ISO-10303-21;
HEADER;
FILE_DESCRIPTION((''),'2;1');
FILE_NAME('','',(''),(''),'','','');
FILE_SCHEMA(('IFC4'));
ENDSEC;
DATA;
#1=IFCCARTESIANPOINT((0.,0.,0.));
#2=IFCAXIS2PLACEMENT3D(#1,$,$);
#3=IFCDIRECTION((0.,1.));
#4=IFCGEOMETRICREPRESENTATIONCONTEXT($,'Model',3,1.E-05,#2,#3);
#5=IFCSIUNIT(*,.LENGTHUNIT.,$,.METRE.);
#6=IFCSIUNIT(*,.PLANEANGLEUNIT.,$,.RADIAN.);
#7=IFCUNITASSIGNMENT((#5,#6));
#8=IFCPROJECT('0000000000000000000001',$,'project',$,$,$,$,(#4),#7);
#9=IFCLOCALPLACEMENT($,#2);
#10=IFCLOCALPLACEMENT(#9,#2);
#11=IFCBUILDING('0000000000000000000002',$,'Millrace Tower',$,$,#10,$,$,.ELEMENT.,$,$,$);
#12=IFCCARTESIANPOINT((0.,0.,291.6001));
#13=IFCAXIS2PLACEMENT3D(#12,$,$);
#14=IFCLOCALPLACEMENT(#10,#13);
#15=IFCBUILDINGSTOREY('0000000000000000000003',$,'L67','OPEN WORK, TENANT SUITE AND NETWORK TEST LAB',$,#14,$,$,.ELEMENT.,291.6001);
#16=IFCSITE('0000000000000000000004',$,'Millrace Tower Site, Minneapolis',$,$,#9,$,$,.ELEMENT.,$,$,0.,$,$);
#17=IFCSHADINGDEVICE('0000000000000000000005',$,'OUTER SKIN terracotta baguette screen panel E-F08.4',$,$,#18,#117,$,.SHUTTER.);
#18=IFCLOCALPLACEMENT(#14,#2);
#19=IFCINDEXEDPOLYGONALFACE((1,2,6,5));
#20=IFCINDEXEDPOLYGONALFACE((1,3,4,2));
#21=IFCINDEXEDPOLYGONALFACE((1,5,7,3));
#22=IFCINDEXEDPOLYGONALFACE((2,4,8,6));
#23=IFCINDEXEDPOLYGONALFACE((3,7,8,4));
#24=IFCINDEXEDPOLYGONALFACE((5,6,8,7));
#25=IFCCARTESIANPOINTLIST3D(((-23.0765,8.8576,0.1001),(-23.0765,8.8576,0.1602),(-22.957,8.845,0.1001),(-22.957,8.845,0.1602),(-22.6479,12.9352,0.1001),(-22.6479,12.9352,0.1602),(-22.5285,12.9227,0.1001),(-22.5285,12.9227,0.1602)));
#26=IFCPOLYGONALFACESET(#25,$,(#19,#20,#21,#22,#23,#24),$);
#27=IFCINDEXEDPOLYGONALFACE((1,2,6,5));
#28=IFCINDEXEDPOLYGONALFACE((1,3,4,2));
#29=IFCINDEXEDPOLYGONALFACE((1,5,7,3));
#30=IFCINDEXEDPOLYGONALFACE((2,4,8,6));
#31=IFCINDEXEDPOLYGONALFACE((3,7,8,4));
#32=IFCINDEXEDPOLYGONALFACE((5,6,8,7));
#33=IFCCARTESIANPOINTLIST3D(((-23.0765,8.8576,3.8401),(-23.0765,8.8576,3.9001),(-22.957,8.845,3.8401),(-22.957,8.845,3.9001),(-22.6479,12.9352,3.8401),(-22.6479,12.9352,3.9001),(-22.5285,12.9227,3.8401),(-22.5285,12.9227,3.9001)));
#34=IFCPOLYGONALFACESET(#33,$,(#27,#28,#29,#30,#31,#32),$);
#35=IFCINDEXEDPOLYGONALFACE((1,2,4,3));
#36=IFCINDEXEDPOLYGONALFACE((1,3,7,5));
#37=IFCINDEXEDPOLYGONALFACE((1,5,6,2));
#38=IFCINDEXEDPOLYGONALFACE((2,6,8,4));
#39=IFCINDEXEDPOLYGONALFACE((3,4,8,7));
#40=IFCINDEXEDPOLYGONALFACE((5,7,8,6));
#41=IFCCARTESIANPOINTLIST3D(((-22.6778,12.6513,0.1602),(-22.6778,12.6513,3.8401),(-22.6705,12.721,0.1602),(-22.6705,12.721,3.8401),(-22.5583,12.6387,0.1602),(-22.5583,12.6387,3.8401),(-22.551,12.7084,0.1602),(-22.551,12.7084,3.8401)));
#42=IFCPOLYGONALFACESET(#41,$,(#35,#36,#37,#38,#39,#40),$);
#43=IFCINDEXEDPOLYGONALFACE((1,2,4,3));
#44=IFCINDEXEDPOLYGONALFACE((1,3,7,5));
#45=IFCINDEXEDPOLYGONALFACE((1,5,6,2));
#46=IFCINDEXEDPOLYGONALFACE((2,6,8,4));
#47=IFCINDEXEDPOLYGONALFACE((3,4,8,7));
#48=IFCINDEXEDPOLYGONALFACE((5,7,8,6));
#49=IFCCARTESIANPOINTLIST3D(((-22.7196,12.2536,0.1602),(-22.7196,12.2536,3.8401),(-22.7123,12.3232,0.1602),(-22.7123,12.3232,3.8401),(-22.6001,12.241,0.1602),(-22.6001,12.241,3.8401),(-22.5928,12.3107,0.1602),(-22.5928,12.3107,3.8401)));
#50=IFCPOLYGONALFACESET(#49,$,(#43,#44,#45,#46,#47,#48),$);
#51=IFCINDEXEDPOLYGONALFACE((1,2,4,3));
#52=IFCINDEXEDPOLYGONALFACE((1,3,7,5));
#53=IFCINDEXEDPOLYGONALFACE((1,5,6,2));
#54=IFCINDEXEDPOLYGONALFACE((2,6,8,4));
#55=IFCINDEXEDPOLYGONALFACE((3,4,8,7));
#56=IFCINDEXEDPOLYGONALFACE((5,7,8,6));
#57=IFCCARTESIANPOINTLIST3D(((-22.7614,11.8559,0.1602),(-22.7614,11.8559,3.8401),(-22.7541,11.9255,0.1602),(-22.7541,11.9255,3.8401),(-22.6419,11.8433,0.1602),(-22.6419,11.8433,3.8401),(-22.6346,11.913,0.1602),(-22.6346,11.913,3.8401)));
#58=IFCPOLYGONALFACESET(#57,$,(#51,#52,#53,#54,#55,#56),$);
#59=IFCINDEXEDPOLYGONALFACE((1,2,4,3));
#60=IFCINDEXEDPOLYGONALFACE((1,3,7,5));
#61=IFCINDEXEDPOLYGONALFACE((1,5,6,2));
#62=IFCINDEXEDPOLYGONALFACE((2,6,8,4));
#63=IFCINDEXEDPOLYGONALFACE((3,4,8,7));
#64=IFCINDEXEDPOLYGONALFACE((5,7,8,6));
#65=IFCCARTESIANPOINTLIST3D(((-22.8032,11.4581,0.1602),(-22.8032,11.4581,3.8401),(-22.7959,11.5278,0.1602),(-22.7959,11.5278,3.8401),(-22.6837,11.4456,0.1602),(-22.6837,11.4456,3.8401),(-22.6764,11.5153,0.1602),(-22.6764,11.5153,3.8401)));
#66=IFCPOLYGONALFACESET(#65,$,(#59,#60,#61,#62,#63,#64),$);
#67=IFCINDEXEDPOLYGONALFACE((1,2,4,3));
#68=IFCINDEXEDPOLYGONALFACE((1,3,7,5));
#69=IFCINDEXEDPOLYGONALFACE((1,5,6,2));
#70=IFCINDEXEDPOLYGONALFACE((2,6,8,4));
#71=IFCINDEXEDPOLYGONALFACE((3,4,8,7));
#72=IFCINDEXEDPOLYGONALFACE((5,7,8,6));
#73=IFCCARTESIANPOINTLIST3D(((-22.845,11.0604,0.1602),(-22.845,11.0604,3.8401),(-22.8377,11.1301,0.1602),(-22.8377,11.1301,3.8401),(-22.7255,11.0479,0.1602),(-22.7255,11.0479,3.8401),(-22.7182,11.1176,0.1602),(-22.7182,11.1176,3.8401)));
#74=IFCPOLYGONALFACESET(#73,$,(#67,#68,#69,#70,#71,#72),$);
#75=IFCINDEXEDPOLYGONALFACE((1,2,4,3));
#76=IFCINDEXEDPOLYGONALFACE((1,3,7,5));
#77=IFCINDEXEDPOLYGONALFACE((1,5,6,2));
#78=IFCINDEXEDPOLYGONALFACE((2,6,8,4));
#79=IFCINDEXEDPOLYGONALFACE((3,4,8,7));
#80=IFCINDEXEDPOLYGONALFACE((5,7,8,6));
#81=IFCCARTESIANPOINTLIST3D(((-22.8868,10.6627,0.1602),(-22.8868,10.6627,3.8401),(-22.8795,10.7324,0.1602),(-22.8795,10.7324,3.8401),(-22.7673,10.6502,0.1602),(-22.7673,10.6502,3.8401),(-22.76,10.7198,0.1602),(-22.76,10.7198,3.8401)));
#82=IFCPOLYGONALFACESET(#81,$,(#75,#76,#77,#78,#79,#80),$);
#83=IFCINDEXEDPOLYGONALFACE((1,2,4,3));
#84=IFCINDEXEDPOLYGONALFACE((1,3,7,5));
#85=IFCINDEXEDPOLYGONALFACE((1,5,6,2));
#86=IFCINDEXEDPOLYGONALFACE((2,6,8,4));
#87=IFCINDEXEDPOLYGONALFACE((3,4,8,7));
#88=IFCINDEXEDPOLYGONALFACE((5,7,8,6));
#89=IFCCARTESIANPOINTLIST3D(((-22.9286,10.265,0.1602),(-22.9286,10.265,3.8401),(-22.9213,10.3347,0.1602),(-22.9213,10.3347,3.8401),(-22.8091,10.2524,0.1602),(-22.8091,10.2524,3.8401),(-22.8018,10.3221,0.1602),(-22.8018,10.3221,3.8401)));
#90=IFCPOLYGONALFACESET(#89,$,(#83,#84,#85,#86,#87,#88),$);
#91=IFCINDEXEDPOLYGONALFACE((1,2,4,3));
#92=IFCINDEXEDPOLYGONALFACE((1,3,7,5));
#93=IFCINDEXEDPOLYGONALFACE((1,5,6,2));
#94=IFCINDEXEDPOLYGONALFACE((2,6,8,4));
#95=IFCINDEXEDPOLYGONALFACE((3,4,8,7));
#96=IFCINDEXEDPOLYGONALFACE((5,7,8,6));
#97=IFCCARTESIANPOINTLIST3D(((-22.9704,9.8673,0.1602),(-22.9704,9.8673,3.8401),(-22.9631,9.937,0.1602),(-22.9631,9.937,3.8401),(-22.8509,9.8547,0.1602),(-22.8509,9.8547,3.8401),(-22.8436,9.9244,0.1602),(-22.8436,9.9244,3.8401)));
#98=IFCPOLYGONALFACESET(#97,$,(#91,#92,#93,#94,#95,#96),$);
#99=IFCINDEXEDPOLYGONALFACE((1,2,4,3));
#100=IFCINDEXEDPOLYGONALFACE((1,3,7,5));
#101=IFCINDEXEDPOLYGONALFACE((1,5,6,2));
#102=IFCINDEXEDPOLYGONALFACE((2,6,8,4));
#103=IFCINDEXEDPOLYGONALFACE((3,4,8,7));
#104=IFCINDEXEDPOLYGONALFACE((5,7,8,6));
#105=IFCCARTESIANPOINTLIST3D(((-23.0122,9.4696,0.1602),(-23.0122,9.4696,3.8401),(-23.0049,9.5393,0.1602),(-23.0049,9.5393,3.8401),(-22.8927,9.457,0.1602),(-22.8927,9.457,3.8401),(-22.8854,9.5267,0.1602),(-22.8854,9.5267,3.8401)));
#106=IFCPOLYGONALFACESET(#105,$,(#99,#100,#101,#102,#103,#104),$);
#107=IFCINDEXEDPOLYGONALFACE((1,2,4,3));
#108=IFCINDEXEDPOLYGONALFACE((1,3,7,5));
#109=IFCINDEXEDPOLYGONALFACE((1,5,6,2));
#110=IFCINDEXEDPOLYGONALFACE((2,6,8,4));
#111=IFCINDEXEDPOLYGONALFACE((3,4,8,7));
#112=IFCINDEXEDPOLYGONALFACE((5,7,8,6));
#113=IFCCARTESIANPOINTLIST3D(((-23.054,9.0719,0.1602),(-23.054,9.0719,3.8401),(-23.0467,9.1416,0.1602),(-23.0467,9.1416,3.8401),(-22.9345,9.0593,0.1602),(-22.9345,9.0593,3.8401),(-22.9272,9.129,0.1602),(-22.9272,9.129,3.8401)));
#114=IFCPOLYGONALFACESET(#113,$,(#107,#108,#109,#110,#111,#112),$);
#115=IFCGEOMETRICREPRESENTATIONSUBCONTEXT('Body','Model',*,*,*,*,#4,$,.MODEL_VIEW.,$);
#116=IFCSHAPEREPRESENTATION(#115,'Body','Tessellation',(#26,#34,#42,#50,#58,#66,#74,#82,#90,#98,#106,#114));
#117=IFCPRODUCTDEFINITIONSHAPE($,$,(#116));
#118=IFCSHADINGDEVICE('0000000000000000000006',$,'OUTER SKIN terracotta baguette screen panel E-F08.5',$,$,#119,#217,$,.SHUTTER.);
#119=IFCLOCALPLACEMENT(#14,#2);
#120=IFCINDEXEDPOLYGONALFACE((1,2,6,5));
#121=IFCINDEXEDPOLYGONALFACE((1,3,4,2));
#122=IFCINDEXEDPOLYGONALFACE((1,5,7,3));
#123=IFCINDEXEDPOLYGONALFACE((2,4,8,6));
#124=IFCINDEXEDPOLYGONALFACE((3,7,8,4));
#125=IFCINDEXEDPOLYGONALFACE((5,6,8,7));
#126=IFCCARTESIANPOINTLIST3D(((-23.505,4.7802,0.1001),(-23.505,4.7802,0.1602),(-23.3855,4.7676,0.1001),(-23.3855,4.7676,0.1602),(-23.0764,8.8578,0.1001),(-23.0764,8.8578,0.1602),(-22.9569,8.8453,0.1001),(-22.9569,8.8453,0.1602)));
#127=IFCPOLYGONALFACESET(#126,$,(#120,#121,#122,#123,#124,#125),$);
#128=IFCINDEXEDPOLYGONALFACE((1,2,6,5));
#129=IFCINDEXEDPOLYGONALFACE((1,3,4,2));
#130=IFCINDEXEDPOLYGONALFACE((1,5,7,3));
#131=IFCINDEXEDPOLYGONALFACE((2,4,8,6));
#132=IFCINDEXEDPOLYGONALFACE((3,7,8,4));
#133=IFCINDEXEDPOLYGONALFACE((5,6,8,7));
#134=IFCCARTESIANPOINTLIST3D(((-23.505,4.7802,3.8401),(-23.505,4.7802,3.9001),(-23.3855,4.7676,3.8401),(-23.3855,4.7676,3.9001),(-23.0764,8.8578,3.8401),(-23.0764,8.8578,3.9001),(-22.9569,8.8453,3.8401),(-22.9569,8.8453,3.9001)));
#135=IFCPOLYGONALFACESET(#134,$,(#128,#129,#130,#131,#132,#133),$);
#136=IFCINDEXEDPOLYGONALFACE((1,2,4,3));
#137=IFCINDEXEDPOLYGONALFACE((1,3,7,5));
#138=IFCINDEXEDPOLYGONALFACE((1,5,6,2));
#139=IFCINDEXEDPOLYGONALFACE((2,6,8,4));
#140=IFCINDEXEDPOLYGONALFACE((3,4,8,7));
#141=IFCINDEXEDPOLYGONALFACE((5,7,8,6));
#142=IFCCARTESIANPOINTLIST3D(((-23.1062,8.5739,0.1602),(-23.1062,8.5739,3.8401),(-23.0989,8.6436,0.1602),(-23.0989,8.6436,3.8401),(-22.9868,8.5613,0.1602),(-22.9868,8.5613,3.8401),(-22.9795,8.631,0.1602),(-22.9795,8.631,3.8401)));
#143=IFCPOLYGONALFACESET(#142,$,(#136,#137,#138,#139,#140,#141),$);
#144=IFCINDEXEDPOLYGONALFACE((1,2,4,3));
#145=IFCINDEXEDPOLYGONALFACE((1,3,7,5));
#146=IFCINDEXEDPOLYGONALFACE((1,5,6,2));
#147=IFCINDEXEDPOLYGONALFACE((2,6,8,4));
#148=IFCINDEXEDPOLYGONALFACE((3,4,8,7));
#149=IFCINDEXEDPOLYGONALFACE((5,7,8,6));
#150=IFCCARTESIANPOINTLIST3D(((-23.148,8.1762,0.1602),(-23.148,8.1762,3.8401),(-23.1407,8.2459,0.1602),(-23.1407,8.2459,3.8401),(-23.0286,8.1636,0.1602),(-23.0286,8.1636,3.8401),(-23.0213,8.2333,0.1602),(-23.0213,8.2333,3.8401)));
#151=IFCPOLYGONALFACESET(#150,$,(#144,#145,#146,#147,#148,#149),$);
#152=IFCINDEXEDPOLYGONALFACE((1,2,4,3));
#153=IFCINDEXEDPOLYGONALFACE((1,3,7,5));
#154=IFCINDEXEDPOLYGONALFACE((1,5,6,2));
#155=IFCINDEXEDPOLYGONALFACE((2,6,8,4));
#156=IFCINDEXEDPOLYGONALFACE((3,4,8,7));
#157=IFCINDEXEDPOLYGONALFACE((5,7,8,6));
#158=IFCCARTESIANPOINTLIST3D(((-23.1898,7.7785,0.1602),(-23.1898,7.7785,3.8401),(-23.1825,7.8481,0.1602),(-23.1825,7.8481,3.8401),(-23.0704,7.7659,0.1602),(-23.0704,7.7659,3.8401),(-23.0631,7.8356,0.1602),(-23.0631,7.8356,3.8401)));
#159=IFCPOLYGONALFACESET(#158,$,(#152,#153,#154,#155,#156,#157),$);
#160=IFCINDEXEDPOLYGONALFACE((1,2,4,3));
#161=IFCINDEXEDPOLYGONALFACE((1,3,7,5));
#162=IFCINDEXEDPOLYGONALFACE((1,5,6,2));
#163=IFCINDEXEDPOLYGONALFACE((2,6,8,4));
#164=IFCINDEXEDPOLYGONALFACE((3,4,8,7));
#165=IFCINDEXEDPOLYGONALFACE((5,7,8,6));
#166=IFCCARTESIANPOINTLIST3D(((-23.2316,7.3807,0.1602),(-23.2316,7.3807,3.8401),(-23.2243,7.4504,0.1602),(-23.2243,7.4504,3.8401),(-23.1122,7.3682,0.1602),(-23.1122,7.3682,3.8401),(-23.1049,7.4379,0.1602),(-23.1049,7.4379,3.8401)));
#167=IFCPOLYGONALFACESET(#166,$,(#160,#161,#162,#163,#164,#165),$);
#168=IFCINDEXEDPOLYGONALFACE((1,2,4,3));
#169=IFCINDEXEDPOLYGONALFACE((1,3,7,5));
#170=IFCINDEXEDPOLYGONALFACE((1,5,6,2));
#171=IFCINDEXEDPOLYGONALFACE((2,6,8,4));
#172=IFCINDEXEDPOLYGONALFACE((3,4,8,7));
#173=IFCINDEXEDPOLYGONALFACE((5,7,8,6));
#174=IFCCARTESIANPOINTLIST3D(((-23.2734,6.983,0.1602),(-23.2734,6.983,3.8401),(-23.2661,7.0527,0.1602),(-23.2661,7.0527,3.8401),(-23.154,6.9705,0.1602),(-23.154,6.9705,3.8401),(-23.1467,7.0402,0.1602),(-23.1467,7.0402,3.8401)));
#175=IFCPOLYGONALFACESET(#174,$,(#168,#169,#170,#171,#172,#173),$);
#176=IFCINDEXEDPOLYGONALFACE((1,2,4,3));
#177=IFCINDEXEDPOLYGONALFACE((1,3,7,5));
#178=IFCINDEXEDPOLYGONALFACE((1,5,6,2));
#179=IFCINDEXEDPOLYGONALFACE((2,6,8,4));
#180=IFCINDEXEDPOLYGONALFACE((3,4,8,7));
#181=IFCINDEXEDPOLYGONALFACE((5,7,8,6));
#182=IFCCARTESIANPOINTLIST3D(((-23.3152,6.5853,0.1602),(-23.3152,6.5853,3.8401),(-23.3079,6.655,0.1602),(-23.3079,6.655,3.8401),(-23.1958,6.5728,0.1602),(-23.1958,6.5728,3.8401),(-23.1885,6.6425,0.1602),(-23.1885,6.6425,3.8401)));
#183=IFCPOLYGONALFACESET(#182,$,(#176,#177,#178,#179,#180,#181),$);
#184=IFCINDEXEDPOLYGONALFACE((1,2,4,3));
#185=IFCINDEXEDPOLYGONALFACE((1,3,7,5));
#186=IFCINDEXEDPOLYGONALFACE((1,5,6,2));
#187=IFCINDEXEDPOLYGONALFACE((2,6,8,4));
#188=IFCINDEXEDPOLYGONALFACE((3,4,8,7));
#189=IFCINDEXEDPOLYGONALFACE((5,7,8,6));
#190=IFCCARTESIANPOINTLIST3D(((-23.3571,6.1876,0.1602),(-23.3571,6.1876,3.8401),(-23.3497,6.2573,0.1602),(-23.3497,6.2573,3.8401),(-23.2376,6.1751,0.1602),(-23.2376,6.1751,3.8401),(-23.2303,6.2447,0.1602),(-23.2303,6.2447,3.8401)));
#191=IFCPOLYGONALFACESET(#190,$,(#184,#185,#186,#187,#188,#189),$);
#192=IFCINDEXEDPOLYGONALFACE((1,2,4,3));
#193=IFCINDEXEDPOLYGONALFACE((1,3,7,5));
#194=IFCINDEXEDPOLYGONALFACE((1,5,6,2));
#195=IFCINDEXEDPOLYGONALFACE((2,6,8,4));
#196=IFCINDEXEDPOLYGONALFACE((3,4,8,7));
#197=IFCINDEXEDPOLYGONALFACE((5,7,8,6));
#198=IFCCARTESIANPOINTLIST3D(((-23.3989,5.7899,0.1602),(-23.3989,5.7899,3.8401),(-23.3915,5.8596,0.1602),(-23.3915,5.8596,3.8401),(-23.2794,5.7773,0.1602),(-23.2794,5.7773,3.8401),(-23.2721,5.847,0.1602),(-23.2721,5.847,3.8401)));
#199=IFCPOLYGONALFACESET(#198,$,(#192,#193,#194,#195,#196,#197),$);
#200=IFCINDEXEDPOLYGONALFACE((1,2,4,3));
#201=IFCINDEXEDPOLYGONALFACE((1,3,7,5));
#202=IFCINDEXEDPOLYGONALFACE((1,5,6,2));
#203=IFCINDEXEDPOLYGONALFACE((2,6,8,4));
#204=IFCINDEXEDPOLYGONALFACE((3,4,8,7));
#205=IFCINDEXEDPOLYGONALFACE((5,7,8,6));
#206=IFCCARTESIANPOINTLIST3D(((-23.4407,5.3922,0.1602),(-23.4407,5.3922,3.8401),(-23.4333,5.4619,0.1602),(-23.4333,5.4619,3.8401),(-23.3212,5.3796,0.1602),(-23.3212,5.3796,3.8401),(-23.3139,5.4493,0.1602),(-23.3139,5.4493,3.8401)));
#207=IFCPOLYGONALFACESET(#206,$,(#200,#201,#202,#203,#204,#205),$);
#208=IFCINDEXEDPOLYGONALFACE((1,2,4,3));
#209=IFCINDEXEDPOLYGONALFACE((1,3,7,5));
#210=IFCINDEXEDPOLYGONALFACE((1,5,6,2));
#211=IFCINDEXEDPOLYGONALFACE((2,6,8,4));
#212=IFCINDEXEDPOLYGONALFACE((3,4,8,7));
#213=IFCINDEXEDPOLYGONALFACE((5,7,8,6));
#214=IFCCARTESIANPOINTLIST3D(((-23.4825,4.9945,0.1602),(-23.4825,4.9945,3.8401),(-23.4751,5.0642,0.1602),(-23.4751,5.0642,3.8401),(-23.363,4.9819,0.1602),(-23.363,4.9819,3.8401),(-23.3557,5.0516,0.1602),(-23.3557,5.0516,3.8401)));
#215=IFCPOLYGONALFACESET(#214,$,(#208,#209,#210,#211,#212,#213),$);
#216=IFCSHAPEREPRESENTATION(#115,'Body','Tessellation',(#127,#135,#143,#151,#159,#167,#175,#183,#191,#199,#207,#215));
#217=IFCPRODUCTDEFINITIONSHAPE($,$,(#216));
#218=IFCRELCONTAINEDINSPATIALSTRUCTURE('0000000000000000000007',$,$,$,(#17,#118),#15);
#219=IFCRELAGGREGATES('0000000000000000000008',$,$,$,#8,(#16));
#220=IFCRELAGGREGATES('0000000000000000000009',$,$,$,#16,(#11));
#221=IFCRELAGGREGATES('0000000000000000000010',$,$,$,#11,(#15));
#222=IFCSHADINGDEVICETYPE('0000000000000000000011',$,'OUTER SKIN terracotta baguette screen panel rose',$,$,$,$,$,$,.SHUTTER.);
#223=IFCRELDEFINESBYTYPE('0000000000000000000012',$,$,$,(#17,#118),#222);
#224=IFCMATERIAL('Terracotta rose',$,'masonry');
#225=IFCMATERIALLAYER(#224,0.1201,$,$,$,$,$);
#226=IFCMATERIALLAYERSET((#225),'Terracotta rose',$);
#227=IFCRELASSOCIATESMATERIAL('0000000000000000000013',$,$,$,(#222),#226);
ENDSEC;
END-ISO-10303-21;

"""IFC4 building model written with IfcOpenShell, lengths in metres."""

from ifc_helpers import new_model, entity, si_unit, direction, frame, frame_2d, origin, place, context, subcontext, project, spatial, rectangle, extrude, source, transform, mapped, material, layer, layer_set, type_object, element, save


model = new_model("IFC4")

# Units and contexts
model_context = context("Model", 3, precision=1e-05, world=origin(), true_north=direction((0.0, 1.0)))
body_context = subcontext(model_context, "Body", "Model", "MODEL_VIEW")
ifc_project = project(units=[si_unit("LENGTHUNIT", "METRE"), si_unit("PLANEANGLEUNIT", "RADIAN")], contexts=[model_context])

# Site, building, storey
site_placement = place(None, origin())
site = spatial("IfcSite", under=ifc_project, at=site_placement, Name="Millrace Tower Site, Minneapolis", CompositionType="ELEMENT", RefElevation=0.0)
building_placement = place(site_placement, origin())
building = spatial("IfcBuilding", under=site, at=building_placement, Name="Millrace Tower", CompositionType="ELEMENT")
storey_placement = place(building_placement, frame((0.0, 0.0, 291.6001)))
storey = spatial("IfcBuildingStorey", under=building, at=storey_placement, Name="L67", Description="OPEN WORK, TENANT SUITE AND NETWORK TEST LAB", CompositionType="ELEMENT", Elevation=291.6001)

# Shading devices
ifc_material_1 = material(Name="Terracotta rose", Category="masonry")
ifc_layer_1 = layer(ifc_material_1, 0.1201)
ifc_layer_set_1 = layer_set([ifc_layer_1], Name="Terracotta rose")
shading_device_type = type_object("IfcShadingDeviceType", Name="OUTER SKIN terracotta baguette screen panel rose", PredefinedType="SHUTTER", material=ifc_layer_set_1)
cartesian_point = entity("IfcCartesianPoint", [-2.05, 0.0601])
shared_polyline = entity("IfcPolyline", [cartesian_point, entity("IfcCartesianPoint", [2.05, 0.0601]), entity("IfcCartesianPoint", [2.05, -0.0601]), entity("IfcCartesianPoint", [-2.05, -0.0601]), cartesian_point])
shared_shape = source(origin(), body_context, "Body", "SweptSolid", [
    entity("IfcExtrudedAreaSolid", entity("IfcArbitraryClosedProfileDef", "AREA", None, shared_polyline), entity("IfcAxis2Placement3D", entity("IfcCartesianPoint", [0.0, 0.0, 0.0])), entity("IfcDirection", [0.0, 0.0, 1.0]), 0.0601),
    entity("IfcExtrudedAreaSolid", entity("IfcArbitraryClosedProfileDef", "AREA", None, shared_polyline), entity("IfcAxis2Placement3D", entity("IfcCartesianPoint", [0.0, 0.0, 3.74])), entity("IfcDirection", [0.0, 0.0, 1.0]), 0.0601),
    extrude(rectangle(XDim=0.0701, YDim=0.1201, at=frame_2d((-1.7996, 0.0))), frame((0.0, 0.0, 0.0601)), (0.0, 0.0, 1.0), 3.6799),
    extrude(rectangle(XDim=0.0701, YDim=0.1201, at=frame_2d((-1.3997, 0.0))), frame((0.0, 0.0, 0.0601)), (0.0, 0.0, 1.0), 3.6799),
    extrude(rectangle(XDim=0.0701, YDim=0.1201, at=frame_2d((-0.9998, 0.0))), frame((0.0, 0.0, 0.0601)), (0.0, 0.0, 1.0), 3.6799),
    extrude(rectangle(XDim=0.0701, YDim=0.1201, at=frame_2d((-0.5999, 0.0))), frame((0.0, 0.0, 0.0601)), (0.0, 0.0, 1.0), 3.6799),
    extrude(rectangle(XDim=0.0701, YDim=0.1201, at=frame_2d((-0.2, 0.0))), frame((0.0, 0.0, 0.0601)), (0.0, 0.0, 1.0), 3.6799),
    extrude(rectangle(XDim=0.0701, YDim=0.1201, at=frame_2d((0.2, 0.0))), frame((0.0, 0.0, 0.0601)), (0.0, 0.0, 1.0), 3.6799),
    extrude(rectangle(XDim=0.0701, YDim=0.1201, at=frame_2d((0.5999, 0.0))), frame((0.0, 0.0, 0.0601)), (0.0, 0.0, 1.0), 3.6799),
    extrude(rectangle(XDim=0.0701, YDim=0.1201, at=frame_2d((0.9998, 0.0))), frame((0.0, 0.0, 0.0601)), (0.0, 0.0, 1.0), 3.6799),
    extrude(rectangle(XDim=0.0701, YDim=0.1201, at=frame_2d((1.3997, 0.0))), frame((0.0, 0.0, 0.0601)), (0.0, 0.0, 1.0), 3.6799),
    extrude(rectangle(XDim=0.0701, YDim=0.1201, at=frame_2d((1.7996, 0.0))), frame((0.0, 0.0, 0.0601)), (0.0, 0.0, 1.0), 3.6799),
])
for number, where, z_axis, x_axis, name in (
    (1, (-22.8025, 10.8901, 0.1001), (0.0, 0.0, 1.0), (-0.104528, -0.994522, 0.0), "OUTER SKIN terracotta baguette screen panel E-F08.4"),
    (2, (-23.231, 6.8127, 0.1001), (0.0, 0.0, 1.0), (-0.104528, -0.994522, 0.0), "OUTER SKIN terracotta baguette screen panel E-F08.5"),
):
    element("IfcShadingDevice", number, at=place(storey_placement, frame(where, z_axis=z_axis, x_axis=x_axis)), inside=storey, type_object=shading_device_type, Name=name, PredefinedType="SHUTTER", context=body_context, shape_type="MappedRepresentation", body=[
        mapped(shared_shape, transform((0.0, 0.0, 0.0), scale=1.0)),
    ])

save(model, "model.ifc")
